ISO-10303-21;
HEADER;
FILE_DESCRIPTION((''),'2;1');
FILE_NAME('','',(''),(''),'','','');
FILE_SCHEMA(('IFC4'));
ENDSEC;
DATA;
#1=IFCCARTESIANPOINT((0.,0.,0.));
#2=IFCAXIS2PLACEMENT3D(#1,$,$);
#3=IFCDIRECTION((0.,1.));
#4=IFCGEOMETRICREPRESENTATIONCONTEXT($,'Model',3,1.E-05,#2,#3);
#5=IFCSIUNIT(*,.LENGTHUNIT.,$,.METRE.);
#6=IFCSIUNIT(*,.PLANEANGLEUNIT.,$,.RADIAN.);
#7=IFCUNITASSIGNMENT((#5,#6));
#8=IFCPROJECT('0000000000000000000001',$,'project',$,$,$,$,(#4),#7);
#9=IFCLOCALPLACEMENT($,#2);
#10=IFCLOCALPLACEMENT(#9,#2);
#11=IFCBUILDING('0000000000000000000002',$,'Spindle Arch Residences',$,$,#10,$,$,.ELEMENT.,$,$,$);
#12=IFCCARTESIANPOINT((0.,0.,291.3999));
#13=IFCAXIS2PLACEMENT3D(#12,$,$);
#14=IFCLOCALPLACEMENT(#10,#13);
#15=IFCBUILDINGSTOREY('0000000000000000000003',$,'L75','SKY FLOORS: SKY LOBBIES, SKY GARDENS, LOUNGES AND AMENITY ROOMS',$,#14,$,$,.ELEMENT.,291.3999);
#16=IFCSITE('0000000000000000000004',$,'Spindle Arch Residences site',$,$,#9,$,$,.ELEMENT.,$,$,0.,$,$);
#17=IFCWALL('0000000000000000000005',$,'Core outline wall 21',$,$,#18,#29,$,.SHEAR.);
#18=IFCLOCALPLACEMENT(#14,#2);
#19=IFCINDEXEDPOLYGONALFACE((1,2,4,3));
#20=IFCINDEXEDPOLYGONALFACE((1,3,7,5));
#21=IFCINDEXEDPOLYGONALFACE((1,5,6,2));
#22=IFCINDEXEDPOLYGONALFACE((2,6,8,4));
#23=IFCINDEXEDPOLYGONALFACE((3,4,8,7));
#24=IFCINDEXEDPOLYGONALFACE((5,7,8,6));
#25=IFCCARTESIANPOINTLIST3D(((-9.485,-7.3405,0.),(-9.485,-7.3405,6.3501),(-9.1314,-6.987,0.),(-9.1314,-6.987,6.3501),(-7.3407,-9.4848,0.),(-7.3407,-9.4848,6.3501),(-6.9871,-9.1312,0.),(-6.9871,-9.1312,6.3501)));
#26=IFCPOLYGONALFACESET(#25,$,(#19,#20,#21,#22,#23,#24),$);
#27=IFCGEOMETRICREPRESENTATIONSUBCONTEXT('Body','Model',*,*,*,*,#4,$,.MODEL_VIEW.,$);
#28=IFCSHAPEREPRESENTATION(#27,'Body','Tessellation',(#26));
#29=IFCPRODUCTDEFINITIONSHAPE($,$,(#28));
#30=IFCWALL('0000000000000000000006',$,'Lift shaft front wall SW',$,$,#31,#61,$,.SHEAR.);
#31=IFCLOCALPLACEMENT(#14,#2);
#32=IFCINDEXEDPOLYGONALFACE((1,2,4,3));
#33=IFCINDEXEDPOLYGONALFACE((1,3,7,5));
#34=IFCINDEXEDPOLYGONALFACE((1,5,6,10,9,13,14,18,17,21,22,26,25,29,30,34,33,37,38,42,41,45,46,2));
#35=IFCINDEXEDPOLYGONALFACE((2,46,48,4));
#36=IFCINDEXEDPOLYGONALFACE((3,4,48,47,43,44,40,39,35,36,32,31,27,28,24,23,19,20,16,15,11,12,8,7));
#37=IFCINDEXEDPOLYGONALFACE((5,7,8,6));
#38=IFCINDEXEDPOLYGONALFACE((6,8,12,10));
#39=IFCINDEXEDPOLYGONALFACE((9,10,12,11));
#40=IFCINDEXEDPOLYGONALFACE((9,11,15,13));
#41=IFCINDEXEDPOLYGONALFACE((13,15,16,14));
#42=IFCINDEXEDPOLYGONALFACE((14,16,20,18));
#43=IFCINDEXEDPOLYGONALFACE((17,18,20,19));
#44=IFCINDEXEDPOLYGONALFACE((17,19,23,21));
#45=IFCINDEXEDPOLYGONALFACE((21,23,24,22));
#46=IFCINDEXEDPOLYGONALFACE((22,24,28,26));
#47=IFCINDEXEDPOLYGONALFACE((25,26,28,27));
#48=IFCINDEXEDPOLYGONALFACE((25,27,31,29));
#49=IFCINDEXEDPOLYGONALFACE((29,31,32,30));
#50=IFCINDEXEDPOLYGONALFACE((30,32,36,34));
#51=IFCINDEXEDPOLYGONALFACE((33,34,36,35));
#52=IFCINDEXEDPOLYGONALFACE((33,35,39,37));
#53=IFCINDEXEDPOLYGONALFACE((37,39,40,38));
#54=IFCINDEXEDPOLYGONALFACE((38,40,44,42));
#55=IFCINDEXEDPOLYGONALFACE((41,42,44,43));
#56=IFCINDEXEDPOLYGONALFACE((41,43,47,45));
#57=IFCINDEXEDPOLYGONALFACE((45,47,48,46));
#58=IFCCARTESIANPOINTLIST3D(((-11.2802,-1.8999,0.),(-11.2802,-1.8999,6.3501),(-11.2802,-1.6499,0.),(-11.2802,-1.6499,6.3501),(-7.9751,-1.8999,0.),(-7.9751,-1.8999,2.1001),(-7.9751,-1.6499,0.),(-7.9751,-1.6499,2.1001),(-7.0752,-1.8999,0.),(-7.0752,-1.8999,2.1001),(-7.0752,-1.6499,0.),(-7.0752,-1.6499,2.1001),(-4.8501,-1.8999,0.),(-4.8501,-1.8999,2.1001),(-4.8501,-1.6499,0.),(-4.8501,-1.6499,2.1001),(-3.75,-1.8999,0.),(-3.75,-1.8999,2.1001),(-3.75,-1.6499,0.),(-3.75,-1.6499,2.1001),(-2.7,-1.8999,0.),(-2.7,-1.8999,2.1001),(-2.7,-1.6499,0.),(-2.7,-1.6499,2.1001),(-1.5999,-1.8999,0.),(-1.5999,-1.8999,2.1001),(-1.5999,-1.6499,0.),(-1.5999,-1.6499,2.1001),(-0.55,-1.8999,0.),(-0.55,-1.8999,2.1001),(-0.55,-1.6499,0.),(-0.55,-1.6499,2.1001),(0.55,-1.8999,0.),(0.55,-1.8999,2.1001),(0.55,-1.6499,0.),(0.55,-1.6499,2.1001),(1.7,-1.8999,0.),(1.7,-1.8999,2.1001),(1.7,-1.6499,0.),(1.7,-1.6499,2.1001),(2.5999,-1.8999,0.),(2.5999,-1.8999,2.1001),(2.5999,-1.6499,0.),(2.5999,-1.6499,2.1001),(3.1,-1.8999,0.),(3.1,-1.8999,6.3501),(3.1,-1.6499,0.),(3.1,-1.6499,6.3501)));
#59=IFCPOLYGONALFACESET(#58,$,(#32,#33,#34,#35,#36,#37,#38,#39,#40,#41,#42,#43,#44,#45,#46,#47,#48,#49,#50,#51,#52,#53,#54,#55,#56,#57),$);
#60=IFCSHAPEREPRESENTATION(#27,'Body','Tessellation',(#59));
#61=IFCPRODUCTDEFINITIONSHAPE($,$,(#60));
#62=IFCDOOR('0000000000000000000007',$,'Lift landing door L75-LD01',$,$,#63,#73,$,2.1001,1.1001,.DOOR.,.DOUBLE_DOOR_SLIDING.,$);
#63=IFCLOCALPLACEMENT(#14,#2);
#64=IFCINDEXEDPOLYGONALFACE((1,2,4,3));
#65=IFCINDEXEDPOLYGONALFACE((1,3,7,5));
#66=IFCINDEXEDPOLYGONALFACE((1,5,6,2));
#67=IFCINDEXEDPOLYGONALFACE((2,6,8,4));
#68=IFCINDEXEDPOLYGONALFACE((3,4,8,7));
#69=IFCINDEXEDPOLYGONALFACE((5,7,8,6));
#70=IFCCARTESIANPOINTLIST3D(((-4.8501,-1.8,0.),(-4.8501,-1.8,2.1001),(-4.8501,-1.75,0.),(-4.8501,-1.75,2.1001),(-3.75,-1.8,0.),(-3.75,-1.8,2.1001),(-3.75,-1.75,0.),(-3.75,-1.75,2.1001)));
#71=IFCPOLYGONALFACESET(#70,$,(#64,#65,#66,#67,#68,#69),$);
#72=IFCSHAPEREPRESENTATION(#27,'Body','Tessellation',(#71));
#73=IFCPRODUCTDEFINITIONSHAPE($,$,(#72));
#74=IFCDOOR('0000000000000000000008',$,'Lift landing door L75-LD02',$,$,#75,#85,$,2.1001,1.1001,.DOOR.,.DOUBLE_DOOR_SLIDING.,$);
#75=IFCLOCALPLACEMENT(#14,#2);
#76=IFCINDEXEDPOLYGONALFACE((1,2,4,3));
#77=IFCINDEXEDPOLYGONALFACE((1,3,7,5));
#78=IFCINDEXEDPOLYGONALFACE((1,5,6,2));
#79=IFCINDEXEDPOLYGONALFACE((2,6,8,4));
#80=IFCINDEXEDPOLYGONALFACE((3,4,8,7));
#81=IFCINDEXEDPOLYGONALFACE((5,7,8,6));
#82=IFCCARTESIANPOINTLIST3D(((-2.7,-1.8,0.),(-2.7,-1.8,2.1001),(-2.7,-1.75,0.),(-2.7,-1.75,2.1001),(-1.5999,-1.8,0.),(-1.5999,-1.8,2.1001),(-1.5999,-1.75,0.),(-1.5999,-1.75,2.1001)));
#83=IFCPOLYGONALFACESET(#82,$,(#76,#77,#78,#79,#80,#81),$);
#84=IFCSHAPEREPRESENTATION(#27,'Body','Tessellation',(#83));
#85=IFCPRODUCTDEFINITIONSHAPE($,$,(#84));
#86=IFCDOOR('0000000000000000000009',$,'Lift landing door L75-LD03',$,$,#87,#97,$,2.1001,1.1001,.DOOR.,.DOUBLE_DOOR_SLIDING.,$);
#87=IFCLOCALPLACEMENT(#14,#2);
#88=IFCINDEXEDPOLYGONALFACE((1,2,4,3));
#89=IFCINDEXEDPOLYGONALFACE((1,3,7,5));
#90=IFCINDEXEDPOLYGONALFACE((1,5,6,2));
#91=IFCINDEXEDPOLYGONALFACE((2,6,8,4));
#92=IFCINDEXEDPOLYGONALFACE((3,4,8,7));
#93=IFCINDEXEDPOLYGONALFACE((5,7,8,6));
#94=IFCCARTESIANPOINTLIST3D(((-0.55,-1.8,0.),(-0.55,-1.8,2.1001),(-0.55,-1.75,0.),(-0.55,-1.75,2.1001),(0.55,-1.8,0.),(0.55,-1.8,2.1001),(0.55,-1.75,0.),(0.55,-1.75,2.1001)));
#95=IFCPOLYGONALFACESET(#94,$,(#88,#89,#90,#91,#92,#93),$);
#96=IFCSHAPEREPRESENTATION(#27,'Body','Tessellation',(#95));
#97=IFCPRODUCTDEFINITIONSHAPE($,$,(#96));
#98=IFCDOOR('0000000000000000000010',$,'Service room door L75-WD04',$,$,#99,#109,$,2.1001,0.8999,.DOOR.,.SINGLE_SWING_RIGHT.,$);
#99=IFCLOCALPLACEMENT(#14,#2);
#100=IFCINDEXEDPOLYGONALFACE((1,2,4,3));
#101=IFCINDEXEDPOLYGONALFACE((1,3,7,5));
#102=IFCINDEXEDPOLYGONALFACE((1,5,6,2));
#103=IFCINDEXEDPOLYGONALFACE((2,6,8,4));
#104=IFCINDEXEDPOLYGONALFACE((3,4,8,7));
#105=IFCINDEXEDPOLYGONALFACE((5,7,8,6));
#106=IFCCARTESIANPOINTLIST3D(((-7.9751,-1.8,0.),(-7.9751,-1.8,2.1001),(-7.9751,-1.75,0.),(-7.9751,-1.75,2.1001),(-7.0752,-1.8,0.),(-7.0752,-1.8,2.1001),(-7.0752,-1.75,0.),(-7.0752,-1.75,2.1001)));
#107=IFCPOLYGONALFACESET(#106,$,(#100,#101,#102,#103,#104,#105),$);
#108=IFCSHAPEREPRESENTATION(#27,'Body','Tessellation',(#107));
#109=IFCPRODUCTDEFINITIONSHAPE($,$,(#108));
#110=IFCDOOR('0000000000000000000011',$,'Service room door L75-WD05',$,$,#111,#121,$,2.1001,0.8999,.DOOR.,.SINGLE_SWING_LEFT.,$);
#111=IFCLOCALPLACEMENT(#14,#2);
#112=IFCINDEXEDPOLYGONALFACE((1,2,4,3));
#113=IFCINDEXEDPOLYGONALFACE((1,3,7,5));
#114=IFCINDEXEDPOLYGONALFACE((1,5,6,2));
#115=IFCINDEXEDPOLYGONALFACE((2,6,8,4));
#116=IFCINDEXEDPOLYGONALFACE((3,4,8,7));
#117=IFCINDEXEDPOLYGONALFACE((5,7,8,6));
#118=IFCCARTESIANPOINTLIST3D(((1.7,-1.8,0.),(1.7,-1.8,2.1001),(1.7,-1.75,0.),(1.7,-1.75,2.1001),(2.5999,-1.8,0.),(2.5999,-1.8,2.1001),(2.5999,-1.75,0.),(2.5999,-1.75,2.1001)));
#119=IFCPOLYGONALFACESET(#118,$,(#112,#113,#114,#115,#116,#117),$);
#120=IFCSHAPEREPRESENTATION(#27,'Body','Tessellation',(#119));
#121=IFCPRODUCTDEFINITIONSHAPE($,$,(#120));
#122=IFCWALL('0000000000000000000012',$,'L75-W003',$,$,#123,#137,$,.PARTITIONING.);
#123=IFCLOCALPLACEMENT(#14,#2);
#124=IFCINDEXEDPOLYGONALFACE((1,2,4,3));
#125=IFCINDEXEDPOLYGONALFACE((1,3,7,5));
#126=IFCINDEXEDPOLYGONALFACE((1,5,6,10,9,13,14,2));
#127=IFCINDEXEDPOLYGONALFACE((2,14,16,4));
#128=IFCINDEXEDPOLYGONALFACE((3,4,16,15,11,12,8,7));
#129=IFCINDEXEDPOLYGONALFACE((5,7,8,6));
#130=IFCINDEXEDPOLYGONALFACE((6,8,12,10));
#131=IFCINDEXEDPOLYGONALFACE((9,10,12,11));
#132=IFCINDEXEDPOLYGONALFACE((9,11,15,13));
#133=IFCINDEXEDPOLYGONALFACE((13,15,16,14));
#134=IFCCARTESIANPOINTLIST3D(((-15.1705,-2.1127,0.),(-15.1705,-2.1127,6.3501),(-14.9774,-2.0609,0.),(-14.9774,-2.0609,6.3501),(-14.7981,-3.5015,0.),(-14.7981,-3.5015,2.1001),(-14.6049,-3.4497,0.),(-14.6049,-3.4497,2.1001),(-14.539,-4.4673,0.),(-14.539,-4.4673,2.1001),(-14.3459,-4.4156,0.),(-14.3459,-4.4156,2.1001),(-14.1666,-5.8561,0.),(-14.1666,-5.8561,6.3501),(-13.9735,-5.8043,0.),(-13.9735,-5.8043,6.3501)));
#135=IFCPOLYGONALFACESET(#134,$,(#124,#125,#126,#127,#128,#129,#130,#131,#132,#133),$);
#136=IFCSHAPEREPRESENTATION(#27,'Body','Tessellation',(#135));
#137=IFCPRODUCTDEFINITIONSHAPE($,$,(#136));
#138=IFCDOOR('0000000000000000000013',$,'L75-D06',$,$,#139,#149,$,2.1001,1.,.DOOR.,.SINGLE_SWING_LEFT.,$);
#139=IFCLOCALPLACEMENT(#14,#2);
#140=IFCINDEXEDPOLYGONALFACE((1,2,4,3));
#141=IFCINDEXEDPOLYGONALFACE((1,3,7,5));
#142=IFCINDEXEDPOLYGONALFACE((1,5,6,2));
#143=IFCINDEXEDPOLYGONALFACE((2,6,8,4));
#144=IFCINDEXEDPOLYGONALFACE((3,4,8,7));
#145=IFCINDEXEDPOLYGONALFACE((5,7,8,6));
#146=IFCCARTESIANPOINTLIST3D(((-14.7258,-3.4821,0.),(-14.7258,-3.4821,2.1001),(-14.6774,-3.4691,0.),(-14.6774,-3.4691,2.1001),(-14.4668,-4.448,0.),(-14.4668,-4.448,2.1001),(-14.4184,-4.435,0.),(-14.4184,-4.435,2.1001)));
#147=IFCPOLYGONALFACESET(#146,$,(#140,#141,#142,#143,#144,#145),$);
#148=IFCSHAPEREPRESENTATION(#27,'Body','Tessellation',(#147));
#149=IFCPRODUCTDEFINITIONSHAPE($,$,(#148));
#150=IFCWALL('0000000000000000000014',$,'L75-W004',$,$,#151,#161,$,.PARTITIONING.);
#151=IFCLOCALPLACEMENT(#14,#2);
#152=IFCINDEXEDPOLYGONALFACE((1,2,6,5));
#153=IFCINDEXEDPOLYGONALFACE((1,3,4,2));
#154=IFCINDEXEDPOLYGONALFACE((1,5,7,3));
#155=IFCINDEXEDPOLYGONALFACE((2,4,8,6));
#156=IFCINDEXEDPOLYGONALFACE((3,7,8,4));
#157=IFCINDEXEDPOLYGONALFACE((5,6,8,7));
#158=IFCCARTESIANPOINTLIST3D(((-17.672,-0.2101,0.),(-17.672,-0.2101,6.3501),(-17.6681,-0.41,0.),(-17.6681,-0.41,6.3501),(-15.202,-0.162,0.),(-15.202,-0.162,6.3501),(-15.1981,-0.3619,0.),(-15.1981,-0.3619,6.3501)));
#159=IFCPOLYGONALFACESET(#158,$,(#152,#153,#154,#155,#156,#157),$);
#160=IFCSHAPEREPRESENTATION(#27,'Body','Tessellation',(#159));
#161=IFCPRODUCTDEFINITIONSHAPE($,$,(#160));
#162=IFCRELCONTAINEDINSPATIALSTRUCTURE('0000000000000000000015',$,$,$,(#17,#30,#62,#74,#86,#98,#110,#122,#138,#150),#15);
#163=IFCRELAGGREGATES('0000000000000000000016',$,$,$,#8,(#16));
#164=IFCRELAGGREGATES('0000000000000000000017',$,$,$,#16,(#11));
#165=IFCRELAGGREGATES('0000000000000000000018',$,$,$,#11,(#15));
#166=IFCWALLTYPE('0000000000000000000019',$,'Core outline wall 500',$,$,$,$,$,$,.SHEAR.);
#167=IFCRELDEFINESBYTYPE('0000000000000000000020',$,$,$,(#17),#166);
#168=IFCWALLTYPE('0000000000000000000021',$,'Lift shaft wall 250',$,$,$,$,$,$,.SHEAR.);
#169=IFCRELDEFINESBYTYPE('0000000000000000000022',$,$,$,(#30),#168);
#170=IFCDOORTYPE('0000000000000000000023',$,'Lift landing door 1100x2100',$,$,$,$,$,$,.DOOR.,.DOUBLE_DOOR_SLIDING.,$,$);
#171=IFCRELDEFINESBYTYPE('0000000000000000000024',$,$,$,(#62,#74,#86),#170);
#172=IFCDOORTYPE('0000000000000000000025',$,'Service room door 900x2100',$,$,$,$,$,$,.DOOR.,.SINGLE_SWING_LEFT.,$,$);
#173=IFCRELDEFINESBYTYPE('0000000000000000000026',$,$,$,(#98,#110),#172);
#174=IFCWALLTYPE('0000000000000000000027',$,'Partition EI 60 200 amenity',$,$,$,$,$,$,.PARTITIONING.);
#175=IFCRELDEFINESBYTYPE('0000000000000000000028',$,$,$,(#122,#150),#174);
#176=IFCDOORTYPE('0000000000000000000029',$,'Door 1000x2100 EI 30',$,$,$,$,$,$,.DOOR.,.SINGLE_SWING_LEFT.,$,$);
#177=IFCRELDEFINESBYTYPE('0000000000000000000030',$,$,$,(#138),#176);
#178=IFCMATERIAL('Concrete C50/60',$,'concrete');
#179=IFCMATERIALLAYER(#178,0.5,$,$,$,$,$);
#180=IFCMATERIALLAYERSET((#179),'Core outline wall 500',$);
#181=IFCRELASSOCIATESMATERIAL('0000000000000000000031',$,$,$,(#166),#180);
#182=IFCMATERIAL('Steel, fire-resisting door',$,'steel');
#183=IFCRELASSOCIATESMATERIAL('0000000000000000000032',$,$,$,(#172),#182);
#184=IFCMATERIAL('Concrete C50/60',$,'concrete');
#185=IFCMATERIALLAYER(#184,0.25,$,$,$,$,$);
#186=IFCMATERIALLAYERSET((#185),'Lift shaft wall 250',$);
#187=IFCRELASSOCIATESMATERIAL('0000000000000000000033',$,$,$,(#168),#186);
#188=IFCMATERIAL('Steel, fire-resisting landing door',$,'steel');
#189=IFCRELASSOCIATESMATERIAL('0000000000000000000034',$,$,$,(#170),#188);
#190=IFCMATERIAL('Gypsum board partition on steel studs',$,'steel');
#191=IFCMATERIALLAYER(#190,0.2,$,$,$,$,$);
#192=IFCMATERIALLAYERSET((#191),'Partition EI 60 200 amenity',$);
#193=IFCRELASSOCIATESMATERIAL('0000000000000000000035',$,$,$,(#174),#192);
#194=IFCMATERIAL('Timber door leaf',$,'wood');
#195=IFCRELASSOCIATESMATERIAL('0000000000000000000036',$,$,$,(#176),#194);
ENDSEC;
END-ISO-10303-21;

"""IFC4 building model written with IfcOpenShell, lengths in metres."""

from ifc_helpers import new_model, si_unit, direction, frame, frame_2d, origin, place, context, subcontext, project, spatial, rectangle, extrude, material, layer, layer_set, type_object, element, fill, save


model = new_model("IFC4")

# Units and contexts
model_context = context("Model", 3, precision=1e-05, world=origin(), true_north=direction((0.0, 1.0)))
body_context = subcontext(model_context, "Body", "Model", "MODEL_VIEW")
ifc_project = project(units=[si_unit("LENGTHUNIT", "METRE"), si_unit("PLANEANGLEUNIT", "RADIAN")], contexts=[model_context])

# Site, building, storey
site_placement = place(None, origin())
site = spatial("IfcSite", under=ifc_project, at=site_placement, Name="Spindle Arch Residences site", CompositionType="ELEMENT", RefElevation=0.0)
building_placement = place(site_placement, origin())
building = spatial("IfcBuilding", under=site, at=building_placement, Name="Spindle Arch Residences", CompositionType="ELEMENT")
storey_placement = place(building_placement, frame((0.0, 0.0, 291.3999)))
storey = spatial("IfcBuildingStorey", under=building, at=storey_placement, Name="L75", Description="SKY FLOORS: SKY LOBBIES, SKY GARDENS, LOUNGES AND AMENITY ROOMS", CompositionType="ELEMENT", Elevation=291.3999)

# Shared definitions
ifc_material_1 = material(Name="Concrete C50/60", Category="concrete")
ifc_layer_1 = layer(ifc_material_1, 0.5)
ifc_layer_set_1 = layer_set([ifc_layer_1], Name="Core outline wall 500")
wall_type_1 = type_object("IfcWallType", Name="Core outline wall 500", PredefinedType="SHEAR", material=ifc_layer_set_1)
ifc_material_2 = material(Name="Steel, fire-resisting door", Category="steel")
door_type_1 = type_object("IfcDoorType", Name="Service room door 900x2100", OperationType="SINGLE_SWING_LEFT", PredefinedType="DOOR", material=ifc_material_2)

# Wall
wall_1_placement = place(storey_placement, frame((-9.3081, -7.1638, 0.0), z_axis=(0.0, 0.0, 1.0), x_axis=(0.707107, -0.707107, 0.0)))
element("IfcWall", 1, at=wall_1_placement, inside=storey, type_object=wall_type_1, Name="Core outline wall 21", PredefinedType="SHEAR", context=body_context, shape_type="SweptSolid", body=[
    extrude(rectangle(XDim=3.0325, YDim=0.5, at=frame_2d((1.5161, 0.0))), origin(), (0.0, 0.0, 1.0), 6.3501),
])

# Wall, openings, doors
ifc_material_3 = material(Name="Concrete C50/60", Category="concrete")
ifc_layer_2 = layer(ifc_material_3, 0.25)
ifc_layer_set_2 = layer_set([ifc_layer_2], Name="Lift shaft wall 250")
wall_type_2 = type_object("IfcWallType", Name="Lift shaft wall 250", PredefinedType="SHEAR", material=ifc_layer_set_2)
wall_2_placement = place(storey_placement, frame((-11.28, -1.7749, 0.0), z_axis=(0.0, 0.0, 1.0), x_axis=(1.0, 0.0, 0.0)))
wall_2 = element("IfcWall", 2, at=wall_2_placement, inside=storey, type_object=wall_type_2, Name="Lift shaft front wall SW", PredefinedType="SHEAR", context=body_context, shape_type="SweptSolid", body=[
    extrude(rectangle(XDim=14.3801, YDim=0.25, at=frame_2d((7.1899, 0.0))), origin(), (0.0, 0.0, 1.0), 6.3501),
])
opening_1_placement = place(wall_2_placement, frame((6.4299, 0.0, 0.0)))
opening_1 = element("IfcOpeningElement", 3, at=opening_1_placement, cuts=wall_2, PredefinedType="OPENING", context=body_context, shape_type="SweptSolid", body=[
    extrude(rectangle(XDim=1.1001, YDim=2.1001, at=frame_2d((0.55, 1.05))), frame((0.0, 0.135, 0.0), z_axis=(0.0, -1.0, 0.0), x_axis=(1.0, 0.0, 0.0)), (0.0, 0.0, 1.0), 0.27),
])
opening_2_placement = place(wall_2_placement, frame((8.5801, 0.0, 0.0)))
opening_2 = element("IfcOpeningElement", 4, at=opening_2_placement, cuts=wall_2, PredefinedType="OPENING", context=body_context, shape_type="SweptSolid", body=[
    extrude(rectangle(XDim=1.1001, YDim=2.1001, at=frame_2d((0.55, 1.05))), frame((0.0, 0.135, 0.0), z_axis=(0.0, -1.0, 0.0), x_axis=(1.0, 0.0, 0.0)), (0.0, 0.0, 1.0), 0.27),
])
opening_3_placement = place(wall_2_placement, frame((10.73, 0.0, 0.0)))
opening_3 = element("IfcOpeningElement", 5, at=opening_3_placement, cuts=wall_2, PredefinedType="OPENING", context=body_context, shape_type="SweptSolid", body=[
    extrude(rectangle(XDim=1.1001, YDim=2.1001, at=frame_2d((0.55, 1.05))), frame((0.0, 0.135, 0.0), z_axis=(0.0, -1.0, 0.0), x_axis=(1.0, 0.0, 0.0)), (0.0, 0.0, 1.0), 0.27),
])
opening_4_placement = place(wall_2_placement, frame((3.3049, 0.0, 0.0)))
opening_4 = element("IfcOpeningElement", 6, at=opening_4_placement, cuts=wall_2, PredefinedType="OPENING", context=body_context, shape_type="SweptSolid", body=[
    extrude(rectangle(XDim=0.8999, YDim=2.1001, at=frame_2d((0.45, 1.05))), frame((0.0, 0.135, 0.0), z_axis=(0.0, -1.0, 0.0), x_axis=(1.0, 0.0, 0.0)), (0.0, 0.0, 1.0), 0.27),
])
opening_5_placement = place(wall_2_placement, frame((12.98, 0.0, 0.0)))
opening_5 = element("IfcOpeningElement", 7, at=opening_5_placement, cuts=wall_2, PredefinedType="OPENING", context=body_context, shape_type="SweptSolid", body=[
    extrude(rectangle(XDim=0.8999, YDim=2.1001, at=frame_2d((0.45, 1.05))), frame((0.0, 0.135, 0.0), z_axis=(0.0, -1.0, 0.0), x_axis=(1.0, 0.0, 0.0)), (0.0, 0.0, 1.0), 0.27),
])
ifc_material_4 = material(Name="Steel, fire-resisting landing door", Category="steel")
door_type_2 = type_object("IfcDoorType", Name="Lift landing door 1100x2100", OperationType="DOUBLE_DOOR_SLIDING", PredefinedType="DOOR", material=ifc_material_4)
door_1_placement = place(opening_1_placement, origin())
door_1 = element("IfcDoor", 8, at=door_1_placement, inside=storey, type_object=door_type_2, Name="Lift landing door L75-LD01", OperationType="DOUBLE_DOOR_SLIDING", OverallHeight=2.1001, OverallWidth=1.1001, PredefinedType="DOOR", context=body_context, shape_type="SweptSolid", body=[
    extrude(rectangle(XDim=1.1001, YDim=2.1001, at=frame_2d((0.55, 1.05))), frame((0.0, 0.0249, 0.0), z_axis=(0.0, -1.0, 0.0), x_axis=(1.0, 0.0, 0.0)), (0.0, 0.0, 1.0), 0.05),
])
fill(opening_1, door_1)
door_2_placement = place(opening_2_placement, origin())
door_2 = element("IfcDoor", 9, at=door_2_placement, inside=storey, type_object=door_type_2, Name="Lift landing door L75-LD02", OperationType="DOUBLE_DOOR_SLIDING", OverallHeight=2.1001, OverallWidth=1.1001, PredefinedType="DOOR", context=body_context, shape_type="SweptSolid", body=[
    extrude(rectangle(XDim=1.1001, YDim=2.1001, at=frame_2d((0.55, 1.05))), frame((0.0, 0.0249, 0.0), z_axis=(0.0, -1.0, 0.0), x_axis=(1.0, 0.0, 0.0)), (0.0, 0.0, 1.0), 0.05),
])
fill(opening_2, door_2)
door_3_placement = place(opening_3_placement, origin())
door_3 = element("IfcDoor", 10, at=door_3_placement, inside=storey, type_object=door_type_2, Name="Lift landing door L75-LD03", OperationType="DOUBLE_DOOR_SLIDING", OverallHeight=2.1001, OverallWidth=1.1001, PredefinedType="DOOR", context=body_context, shape_type="SweptSolid", body=[
    extrude(rectangle(XDim=1.1001, YDim=2.1001, at=frame_2d((0.55, 1.05))), frame((0.0, 0.0249, 0.0), z_axis=(0.0, -1.0, 0.0), x_axis=(1.0, 0.0, 0.0)), (0.0, 0.0, 1.0), 0.05),
])
fill(opening_3, door_3)
door_4_placement = place(opening_4_placement, origin())
door_4 = element("IfcDoor", 11, at=door_4_placement, inside=storey, type_object=door_type_1, Name="Service room door L75-WD04", OperationType="SINGLE_SWING_RIGHT", OverallHeight=2.1001, OverallWidth=0.8999, PredefinedType="DOOR", context=body_context, shape_type="SweptSolid", body=[
    extrude(rectangle(XDim=0.8999, YDim=2.1001, at=frame_2d((0.45, 1.05))), frame((0.0, 0.0249, 0.0), z_axis=(0.0, -1.0, 0.0), x_axis=(1.0, 0.0, 0.0)), (0.0, 0.0, 1.0), 0.05),
])
fill(opening_4, door_4)
door_5_placement = place(opening_5_placement, origin())
door_5 = element("IfcDoor", 12, at=door_5_placement, inside=storey, type_object=door_type_1, Name="Service room door L75-WD05", OperationType="SINGLE_SWING_LEFT", OverallHeight=2.1001, OverallWidth=0.8999, PredefinedType="DOOR", context=body_context, shape_type="SweptSolid", body=[
    extrude(rectangle(XDim=0.8999, YDim=2.1001, at=frame_2d((0.45, 1.05))), frame((0.0, 0.0249, 0.0), z_axis=(0.0, -1.0, 0.0), x_axis=(1.0, 0.0, 0.0)), (0.0, 0.0, 1.0), 0.05),
])
fill(opening_5, door_5)

# Wall, opening, door
ifc_material_5 = material(Name="Gypsum board partition on steel studs", Category="steel")
ifc_layer_3 = layer(ifc_material_5, 0.2)
ifc_layer_set_3 = layer_set([ifc_layer_3], Name="Partition EI 60 200 amenity")
wall_type_3 = type_object("IfcWallType", Name="Partition EI 60 200 amenity", PredefinedType="PARTITIONING", material=ifc_layer_set_3)
wall_3_placement = place(storey_placement, frame((-15.074, -2.0867, 0.0), z_axis=(0.0, 0.0, 1.0), x_axis=(0.259027, -0.96587, 0.0)))
wall_3 = element("IfcWall", 13, at=wall_3_placement, inside=storey, type_object=wall_type_3, Name="L75-W003", PredefinedType="PARTITIONING", context=body_context, shape_type="SweptSolid", body=[
    extrude(rectangle(XDim=3.8757, YDim=0.2, at=frame_2d((1.938, 0.0))), origin(), (0.0, 0.0, 1.0), 6.3501),
])
opening_6_placement = place(wall_3_placement, frame((1.438, 0.0, 0.0)))
opening_6 = element("IfcOpeningElement", 14, at=opening_6_placement, cuts=wall_3, PredefinedType="OPENING", context=body_context, shape_type="SweptSolid", body=[
    extrude(rectangle(XDim=1.0, YDim=2.1001, at=frame_2d((0.5, 1.05))), frame((0.0, 0.1099, 0.0), z_axis=(0.0, -1.0, 0.0), x_axis=(1.0, 0.0, 0.0)), (0.0, 0.0, 1.0), 0.22),
])
ifc_material_6 = material(Name="Timber door leaf", Category="wood")
door_type_3 = type_object("IfcDoorType", Name="Door 1000x2100 EI 30", OperationType="SINGLE_SWING_LEFT", PredefinedType="DOOR", material=ifc_material_6)
door_6_placement = place(opening_6_placement, origin())
door_6 = element("IfcDoor", 15, at=door_6_placement, inside=storey, type_object=door_type_3, Name="L75-D06", OperationType="SINGLE_SWING_LEFT", OverallHeight=2.1001, OverallWidth=1.0, PredefinedType="DOOR", context=body_context, shape_type="SweptSolid", body=[
    extrude(rectangle(XDim=1.0, YDim=2.1001, at=frame_2d((0.5, 1.05))), frame((0.0, 0.0249, 0.0), z_axis=(0.0, -1.0, 0.0), x_axis=(1.0, 0.0, 0.0)), (0.0, 0.0, 1.0), 0.05),
])
fill(opening_6, door_6)

# Wall
wall_4_placement = place(storey_placement, frame((-15.2, -0.262, 0.0), z_axis=(0.0, 0.0, 1.0), x_axis=(-0.99981, -0.019468, 0.0)))
element("IfcWall", 16, at=wall_4_placement, inside=storey, type_object=wall_type_3, Name="L75-W004", PredefinedType="PARTITIONING", context=body_context, shape_type="SweptSolid", body=[
    extrude(rectangle(XDim=2.4705, YDim=0.2, at=frame_2d((1.2354, 0.0))), origin(), (0.0, 0.0, 1.0), 6.3501),
])

save(model, "model.ifc")
